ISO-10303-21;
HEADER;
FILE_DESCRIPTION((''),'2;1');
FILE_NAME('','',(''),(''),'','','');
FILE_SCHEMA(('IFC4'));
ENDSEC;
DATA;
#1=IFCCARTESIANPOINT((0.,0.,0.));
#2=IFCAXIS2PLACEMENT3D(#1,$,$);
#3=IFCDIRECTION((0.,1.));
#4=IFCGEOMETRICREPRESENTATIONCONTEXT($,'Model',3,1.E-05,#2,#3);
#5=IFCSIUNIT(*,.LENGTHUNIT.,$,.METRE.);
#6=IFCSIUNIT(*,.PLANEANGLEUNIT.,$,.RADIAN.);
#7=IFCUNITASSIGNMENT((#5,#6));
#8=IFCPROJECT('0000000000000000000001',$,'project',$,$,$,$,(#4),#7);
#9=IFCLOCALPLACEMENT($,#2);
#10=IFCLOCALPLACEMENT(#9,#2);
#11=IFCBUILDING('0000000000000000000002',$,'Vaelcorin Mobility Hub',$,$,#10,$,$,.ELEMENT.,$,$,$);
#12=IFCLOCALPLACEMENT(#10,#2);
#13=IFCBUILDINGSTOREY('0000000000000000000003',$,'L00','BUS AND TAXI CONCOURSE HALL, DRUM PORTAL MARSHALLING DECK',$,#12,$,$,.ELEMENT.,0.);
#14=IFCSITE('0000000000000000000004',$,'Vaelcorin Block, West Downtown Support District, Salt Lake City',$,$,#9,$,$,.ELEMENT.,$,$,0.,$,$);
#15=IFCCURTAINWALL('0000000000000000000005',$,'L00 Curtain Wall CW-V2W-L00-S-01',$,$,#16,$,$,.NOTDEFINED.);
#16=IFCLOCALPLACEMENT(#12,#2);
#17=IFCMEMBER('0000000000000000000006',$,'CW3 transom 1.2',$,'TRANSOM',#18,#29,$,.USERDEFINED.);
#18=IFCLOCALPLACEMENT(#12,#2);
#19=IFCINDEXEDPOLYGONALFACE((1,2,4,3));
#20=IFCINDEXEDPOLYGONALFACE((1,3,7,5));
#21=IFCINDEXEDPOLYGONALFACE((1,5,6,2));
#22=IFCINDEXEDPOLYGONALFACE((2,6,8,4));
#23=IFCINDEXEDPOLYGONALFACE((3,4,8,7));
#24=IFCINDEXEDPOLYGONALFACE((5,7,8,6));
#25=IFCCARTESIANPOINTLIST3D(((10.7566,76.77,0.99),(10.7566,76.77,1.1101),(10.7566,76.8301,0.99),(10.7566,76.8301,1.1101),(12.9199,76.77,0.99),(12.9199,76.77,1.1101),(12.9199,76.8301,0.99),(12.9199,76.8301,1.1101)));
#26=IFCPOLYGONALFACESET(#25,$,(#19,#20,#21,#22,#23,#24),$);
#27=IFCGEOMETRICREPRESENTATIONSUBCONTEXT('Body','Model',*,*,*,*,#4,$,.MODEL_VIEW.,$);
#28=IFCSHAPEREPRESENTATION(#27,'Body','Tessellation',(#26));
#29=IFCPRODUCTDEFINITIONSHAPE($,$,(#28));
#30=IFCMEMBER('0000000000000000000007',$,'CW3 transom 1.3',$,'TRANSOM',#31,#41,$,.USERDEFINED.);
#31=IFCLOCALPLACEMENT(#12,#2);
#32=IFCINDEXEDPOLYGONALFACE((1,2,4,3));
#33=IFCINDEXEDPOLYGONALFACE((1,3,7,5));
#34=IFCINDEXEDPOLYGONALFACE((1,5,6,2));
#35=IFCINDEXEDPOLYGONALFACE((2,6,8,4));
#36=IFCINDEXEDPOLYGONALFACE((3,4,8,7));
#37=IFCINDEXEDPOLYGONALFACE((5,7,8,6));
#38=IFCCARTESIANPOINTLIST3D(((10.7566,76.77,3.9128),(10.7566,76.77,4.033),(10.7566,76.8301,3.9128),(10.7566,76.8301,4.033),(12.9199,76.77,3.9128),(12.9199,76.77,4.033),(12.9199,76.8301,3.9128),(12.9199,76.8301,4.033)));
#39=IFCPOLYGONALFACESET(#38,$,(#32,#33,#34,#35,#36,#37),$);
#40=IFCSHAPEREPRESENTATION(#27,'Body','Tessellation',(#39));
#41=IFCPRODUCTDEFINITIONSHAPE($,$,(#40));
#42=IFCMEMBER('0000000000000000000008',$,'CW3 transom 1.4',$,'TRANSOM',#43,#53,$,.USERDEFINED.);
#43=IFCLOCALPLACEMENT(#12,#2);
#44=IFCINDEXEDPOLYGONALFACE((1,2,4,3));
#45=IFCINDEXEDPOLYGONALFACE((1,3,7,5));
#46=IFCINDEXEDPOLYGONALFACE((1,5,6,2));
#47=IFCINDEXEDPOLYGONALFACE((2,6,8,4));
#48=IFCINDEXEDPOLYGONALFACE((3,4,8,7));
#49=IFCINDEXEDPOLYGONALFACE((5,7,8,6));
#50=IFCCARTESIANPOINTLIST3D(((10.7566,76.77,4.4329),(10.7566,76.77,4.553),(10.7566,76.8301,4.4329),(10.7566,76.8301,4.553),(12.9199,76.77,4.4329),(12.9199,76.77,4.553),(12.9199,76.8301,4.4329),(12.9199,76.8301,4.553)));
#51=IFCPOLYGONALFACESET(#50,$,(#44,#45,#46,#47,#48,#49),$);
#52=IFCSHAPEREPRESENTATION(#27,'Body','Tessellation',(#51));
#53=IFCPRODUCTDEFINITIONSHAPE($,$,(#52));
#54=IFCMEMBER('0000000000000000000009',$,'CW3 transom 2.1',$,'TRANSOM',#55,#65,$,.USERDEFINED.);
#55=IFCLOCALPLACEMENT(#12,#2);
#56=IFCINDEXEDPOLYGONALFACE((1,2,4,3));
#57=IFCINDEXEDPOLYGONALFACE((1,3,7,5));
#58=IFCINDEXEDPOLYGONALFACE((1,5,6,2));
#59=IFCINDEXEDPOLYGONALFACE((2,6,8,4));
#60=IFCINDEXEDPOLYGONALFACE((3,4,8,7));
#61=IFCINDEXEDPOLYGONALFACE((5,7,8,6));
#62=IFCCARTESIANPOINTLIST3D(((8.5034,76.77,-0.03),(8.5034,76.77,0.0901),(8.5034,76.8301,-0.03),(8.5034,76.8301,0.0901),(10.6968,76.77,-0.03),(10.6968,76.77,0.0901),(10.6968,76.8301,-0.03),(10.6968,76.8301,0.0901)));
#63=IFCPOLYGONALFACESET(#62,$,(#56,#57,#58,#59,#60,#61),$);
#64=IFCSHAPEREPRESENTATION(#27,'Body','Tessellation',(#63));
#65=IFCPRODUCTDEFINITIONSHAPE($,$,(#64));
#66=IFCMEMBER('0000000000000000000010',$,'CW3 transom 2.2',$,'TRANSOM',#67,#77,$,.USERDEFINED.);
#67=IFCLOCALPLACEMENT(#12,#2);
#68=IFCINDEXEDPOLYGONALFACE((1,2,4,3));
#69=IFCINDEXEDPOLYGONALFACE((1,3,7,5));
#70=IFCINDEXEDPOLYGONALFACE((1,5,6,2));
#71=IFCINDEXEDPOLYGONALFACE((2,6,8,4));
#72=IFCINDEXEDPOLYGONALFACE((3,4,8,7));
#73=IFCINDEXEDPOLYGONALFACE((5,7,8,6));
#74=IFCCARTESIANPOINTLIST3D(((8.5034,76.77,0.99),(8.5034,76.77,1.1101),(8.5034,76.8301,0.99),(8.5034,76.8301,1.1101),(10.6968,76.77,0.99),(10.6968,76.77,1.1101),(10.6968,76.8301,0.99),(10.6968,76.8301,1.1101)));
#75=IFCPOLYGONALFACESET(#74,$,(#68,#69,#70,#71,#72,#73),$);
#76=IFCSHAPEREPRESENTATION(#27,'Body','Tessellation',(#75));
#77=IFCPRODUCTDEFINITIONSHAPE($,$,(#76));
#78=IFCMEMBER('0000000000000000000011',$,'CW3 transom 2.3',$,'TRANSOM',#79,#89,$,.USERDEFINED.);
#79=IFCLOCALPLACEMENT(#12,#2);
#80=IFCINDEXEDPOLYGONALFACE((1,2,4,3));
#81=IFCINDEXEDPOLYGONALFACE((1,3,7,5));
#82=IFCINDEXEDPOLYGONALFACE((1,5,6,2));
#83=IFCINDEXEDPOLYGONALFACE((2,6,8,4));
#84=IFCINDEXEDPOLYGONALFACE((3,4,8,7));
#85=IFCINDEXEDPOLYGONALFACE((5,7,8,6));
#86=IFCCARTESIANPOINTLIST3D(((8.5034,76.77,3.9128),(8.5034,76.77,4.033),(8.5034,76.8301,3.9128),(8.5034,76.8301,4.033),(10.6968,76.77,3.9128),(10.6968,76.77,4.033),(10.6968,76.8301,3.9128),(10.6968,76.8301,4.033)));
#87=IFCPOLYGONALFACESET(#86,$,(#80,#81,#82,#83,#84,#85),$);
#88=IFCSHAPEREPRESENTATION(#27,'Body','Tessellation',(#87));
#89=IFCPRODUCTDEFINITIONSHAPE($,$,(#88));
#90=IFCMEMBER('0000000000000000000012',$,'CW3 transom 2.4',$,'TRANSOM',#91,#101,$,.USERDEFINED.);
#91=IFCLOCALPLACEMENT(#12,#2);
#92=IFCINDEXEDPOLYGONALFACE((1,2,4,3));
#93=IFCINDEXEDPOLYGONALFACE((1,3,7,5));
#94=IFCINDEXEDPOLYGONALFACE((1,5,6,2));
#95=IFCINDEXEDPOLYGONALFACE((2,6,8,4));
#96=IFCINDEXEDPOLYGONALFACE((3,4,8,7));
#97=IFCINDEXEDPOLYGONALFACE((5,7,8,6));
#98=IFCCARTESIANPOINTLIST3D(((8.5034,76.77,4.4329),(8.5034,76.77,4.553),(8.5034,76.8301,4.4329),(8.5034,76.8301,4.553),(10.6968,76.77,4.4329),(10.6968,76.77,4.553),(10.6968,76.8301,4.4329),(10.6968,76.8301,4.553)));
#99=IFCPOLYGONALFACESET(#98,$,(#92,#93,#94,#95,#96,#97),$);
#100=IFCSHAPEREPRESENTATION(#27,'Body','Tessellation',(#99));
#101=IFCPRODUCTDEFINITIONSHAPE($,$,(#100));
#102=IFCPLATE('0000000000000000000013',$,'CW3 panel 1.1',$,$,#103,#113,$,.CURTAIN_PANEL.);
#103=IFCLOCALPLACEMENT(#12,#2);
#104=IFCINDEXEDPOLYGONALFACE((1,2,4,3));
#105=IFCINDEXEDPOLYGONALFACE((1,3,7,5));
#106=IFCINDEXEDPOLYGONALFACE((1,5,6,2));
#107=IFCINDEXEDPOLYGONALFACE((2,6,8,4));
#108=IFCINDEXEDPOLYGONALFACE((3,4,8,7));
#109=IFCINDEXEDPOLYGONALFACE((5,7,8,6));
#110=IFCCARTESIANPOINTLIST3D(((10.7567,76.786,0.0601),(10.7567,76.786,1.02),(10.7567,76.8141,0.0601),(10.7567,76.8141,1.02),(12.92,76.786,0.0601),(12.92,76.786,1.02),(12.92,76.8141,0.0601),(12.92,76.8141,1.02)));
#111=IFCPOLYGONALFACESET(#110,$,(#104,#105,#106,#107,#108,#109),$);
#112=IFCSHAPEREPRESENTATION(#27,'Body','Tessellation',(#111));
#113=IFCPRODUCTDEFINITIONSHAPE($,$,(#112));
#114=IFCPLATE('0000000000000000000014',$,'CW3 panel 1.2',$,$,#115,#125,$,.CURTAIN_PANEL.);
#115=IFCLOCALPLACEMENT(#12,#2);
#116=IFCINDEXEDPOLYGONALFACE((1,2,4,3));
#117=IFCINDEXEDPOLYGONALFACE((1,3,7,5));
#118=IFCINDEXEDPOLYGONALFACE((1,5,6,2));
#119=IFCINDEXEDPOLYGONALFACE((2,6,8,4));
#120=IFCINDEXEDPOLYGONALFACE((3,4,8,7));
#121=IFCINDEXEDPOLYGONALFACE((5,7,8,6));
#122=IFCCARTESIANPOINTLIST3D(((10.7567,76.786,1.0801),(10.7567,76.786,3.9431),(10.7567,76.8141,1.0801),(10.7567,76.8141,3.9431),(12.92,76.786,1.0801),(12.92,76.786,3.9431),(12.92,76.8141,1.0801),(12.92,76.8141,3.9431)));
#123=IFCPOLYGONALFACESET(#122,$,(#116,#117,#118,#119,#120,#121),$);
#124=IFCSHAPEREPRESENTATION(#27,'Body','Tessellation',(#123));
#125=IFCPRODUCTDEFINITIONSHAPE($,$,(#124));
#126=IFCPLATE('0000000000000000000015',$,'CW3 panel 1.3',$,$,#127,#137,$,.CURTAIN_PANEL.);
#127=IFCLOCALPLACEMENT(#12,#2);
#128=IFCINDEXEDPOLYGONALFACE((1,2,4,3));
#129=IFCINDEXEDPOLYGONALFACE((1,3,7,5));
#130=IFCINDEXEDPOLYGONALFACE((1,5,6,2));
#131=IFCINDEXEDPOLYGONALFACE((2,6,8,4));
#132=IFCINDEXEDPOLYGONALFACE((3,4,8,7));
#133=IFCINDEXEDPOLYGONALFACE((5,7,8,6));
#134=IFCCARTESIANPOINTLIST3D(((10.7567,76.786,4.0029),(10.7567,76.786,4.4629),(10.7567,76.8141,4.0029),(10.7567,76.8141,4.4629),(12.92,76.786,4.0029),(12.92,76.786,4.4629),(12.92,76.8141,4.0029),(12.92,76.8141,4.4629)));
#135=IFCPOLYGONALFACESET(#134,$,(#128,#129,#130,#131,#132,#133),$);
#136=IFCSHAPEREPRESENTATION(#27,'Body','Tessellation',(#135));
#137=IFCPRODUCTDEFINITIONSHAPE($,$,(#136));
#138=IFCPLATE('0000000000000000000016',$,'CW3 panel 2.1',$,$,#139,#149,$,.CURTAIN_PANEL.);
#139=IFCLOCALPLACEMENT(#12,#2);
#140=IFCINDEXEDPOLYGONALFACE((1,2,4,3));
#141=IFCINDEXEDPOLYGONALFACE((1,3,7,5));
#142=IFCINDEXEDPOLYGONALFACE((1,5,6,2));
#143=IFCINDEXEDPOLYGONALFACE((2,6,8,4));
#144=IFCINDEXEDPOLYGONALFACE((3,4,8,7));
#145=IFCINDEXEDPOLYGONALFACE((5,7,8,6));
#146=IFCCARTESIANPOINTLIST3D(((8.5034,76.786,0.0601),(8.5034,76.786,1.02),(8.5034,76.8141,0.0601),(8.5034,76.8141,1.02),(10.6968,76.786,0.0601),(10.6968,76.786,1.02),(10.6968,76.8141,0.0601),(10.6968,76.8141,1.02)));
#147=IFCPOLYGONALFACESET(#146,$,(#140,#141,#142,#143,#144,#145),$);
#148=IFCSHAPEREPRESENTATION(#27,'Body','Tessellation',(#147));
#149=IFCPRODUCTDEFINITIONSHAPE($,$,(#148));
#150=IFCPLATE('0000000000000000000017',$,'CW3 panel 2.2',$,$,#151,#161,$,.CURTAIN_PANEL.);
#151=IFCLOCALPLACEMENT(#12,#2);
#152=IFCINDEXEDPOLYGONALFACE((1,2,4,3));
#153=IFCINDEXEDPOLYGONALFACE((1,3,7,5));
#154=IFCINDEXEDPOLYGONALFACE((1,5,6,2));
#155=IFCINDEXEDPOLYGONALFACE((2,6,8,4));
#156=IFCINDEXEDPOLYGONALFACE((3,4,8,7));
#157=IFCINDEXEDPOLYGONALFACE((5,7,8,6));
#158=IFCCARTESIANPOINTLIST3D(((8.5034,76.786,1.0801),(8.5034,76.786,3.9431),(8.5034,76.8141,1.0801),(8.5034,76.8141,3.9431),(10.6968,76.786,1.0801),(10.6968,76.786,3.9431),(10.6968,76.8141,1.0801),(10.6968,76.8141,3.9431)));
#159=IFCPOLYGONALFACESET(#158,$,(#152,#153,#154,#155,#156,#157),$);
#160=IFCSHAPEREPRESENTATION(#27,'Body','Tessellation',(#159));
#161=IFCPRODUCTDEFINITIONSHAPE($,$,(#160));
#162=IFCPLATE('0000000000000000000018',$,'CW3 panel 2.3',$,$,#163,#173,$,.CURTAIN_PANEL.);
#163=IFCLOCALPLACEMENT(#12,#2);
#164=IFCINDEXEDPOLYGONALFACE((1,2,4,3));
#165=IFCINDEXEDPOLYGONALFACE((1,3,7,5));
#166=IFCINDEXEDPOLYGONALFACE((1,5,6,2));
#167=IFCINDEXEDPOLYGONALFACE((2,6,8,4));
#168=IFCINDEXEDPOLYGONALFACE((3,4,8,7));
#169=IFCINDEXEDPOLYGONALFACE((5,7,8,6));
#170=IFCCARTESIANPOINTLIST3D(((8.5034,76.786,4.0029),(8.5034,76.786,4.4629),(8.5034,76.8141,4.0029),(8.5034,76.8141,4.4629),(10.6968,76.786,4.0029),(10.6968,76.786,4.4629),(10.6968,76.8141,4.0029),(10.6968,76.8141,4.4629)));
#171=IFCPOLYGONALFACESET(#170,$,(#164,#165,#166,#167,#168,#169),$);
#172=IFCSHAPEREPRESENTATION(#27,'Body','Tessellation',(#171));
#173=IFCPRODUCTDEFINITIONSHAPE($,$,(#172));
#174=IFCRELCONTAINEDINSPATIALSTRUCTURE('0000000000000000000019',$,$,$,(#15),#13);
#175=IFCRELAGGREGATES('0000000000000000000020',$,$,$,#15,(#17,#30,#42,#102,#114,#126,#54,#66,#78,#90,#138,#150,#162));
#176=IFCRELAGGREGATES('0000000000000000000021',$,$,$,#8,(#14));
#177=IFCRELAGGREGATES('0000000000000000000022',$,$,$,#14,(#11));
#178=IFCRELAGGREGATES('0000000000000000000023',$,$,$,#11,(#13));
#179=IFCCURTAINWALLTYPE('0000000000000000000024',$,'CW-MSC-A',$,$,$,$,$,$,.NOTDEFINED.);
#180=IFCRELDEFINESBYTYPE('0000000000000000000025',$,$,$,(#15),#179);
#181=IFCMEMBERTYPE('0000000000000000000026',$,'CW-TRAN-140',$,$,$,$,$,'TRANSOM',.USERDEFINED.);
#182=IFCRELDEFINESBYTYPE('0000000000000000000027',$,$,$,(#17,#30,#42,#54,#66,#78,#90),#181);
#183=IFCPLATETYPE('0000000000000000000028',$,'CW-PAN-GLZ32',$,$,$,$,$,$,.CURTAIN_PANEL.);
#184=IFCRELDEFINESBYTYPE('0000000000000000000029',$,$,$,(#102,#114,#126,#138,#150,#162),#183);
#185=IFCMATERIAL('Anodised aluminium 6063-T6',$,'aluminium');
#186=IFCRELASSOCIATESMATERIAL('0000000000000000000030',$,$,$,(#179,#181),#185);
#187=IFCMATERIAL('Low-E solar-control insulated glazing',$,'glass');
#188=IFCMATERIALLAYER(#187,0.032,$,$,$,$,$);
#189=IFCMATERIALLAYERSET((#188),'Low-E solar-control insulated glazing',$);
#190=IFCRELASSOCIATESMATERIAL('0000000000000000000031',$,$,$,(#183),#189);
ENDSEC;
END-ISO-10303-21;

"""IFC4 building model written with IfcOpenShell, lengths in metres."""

from ifc_helpers import new_model, si_unit, direction, frame, origin, origin_2d, place, context, subcontext, project, spatial, rectangle, extrude, material, layer, layer_set, material_profile, profile_set, type_object, element, aggregate, save


model = new_model("IFC4")

# Units and contexts
model_context = context("Model", 3, precision=1e-05, world=origin(), true_north=direction((0.0, 1.0)))
body_context = subcontext(model_context, "Body", "Model", "MODEL_VIEW")
ifc_project = project(units=[si_unit("LENGTHUNIT", "METRE"), si_unit("PLANEANGLEUNIT", "RADIAN")], contexts=[model_context])

# Site, building, storey
site_placement = place(None, origin())
site = spatial("IfcSite", under=ifc_project, at=site_placement, Name="Vaelcorin Block, West Downtown Support District, Salt Lake City", CompositionType="ELEMENT", RefElevation=0.0)
building_placement = place(site_placement, origin())
building = spatial("IfcBuilding", under=site, at=building_placement, Name="Vaelcorin Mobility Hub", CompositionType="ELEMENT")
storey_placement = place(building_placement, origin())
storey = spatial("IfcBuildingStorey", under=building, at=storey_placement, Name="L00", Description="BUS AND TAXI CONCOURSE HALL, DRUM PORTAL MARSHALLING DECK", CompositionType="ELEMENT", Elevation=0.0)

# Curtain wall, members, plates
ifc_material_1 = material(Name="Anodised aluminium 6063-T6", Category="aluminium")
curtain_wall_type = type_object("IfcCurtainWallType", Name="CW-MSC-A", PredefinedType="NOTDEFINED", material=ifc_material_1)
curtain_wall_placement = place(storey_placement, origin())
curtain_wall = element("IfcCurtainWall", 1, at=curtain_wall_placement, inside=storey, type_object=curtain_wall_type, Name="L00 Curtain Wall CW-V2W-L00-S-01", PredefinedType="NOTDEFINED")
ifc_material_profile_1 = material_profile(ifc_material_1, rectangle(XDim=0.0601, YDim=0.1201, at=origin_2d()), Name="ALU-T60X120")
ifc_profile_set_1 = profile_set([ifc_material_profile_1], Name="Anodised aluminium 6063-T6")
member_type_1 = type_object("IfcMemberType", Name="CW-TRAN-140", ElementType="TRANSOM", PredefinedType="USERDEFINED", material=ifc_profile_set_1)
member_1_placement = place(storey_placement, frame((12.9199, 76.8, 1.05), z_axis=(-1.0, 0.0, 0.0), x_axis=(0.0, -1.0, 0.0)))
member_1 = element("IfcMember", 2, at=member_1_placement, type_object=member_type_1, Name="CW3 transom 1.2", ObjectType="TRANSOM", PredefinedType="USERDEFINED", context=body_context, shape_type="SweptSolid", body=[
    extrude(rectangle(XDim=0.0601, YDim=0.1201, at=origin_2d()), origin(), (0.0, 0.0, 1.0), 2.1633),
])
member_2_placement = place(storey_placement, frame((12.9199, 76.8, 3.9729), z_axis=(-1.0, 0.0, 0.0), x_axis=(0.0, -1.0, 0.0)))
member_2 = element("IfcMember", 3, at=member_2_placement, type_object=member_type_1, Name="CW3 transom 1.3", ObjectType="TRANSOM", PredefinedType="USERDEFINED", context=body_context, shape_type="SweptSolid", body=[
    extrude(rectangle(XDim=0.0601, YDim=0.1201, at=origin_2d()), origin(), (0.0, 0.0, 1.0), 2.1633),
])
member_3_placement = place(storey_placement, frame((12.9199, 76.8, 4.4929), z_axis=(-1.0, 0.0, 0.0), x_axis=(0.0, -1.0, 0.0)))
member_3 = element("IfcMember", 4, at=member_3_placement, type_object=member_type_1, Name="CW3 transom 1.4", ObjectType="TRANSOM", PredefinedType="USERDEFINED", context=body_context, shape_type="SweptSolid", body=[
    extrude(rectangle(XDim=0.0601, YDim=0.1201, at=origin_2d()), origin(), (0.0, 0.0, 1.0), 2.1633),
])
member_4_placement = place(storey_placement, frame((10.6968, 76.8, 0.03), z_axis=(-1.0, 0.0, 0.0), x_axis=(0.0, -1.0, 0.0)))
member_4 = element("IfcMember", 5, at=member_4_placement, type_object=member_type_1, Name="CW3 transom 2.1", ObjectType="TRANSOM", PredefinedType="USERDEFINED", context=body_context, shape_type="SweptSolid", body=[
    extrude(rectangle(XDim=0.0601, YDim=0.1201, at=origin_2d()), origin(), (0.0, 0.0, 1.0), 2.1934),
])
member_5_placement = place(storey_placement, frame((10.6968, 76.8, 1.05), z_axis=(-1.0, 0.0, 0.0), x_axis=(0.0, -1.0, 0.0)))
member_5 = element("IfcMember", 6, at=member_5_placement, type_object=member_type_1, Name="CW3 transom 2.2", ObjectType="TRANSOM", PredefinedType="USERDEFINED", context=body_context, shape_type="SweptSolid", body=[
    extrude(rectangle(XDim=0.0601, YDim=0.1201, at=origin_2d()), origin(), (0.0, 0.0, 1.0), 2.1934),
])
member_6_placement = place(storey_placement, frame((10.6968, 76.8, 3.9729), z_axis=(-1.0, 0.0, 0.0), x_axis=(0.0, -1.0, 0.0)))
member_6 = element("IfcMember", 7, at=member_6_placement, type_object=member_type_1, Name="CW3 transom 2.3", ObjectType="TRANSOM", PredefinedType="USERDEFINED", context=body_context, shape_type="SweptSolid", body=[
    extrude(rectangle(XDim=0.0601, YDim=0.1201, at=origin_2d()), origin(), (0.0, 0.0, 1.0), 2.1934),
])
member_7_placement = place(storey_placement, frame((10.6968, 76.8, 4.4929), z_axis=(-1.0, 0.0, 0.0), x_axis=(0.0, -1.0, 0.0)))
member_7 = element("IfcMember", 8, at=member_7_placement, type_object=member_type_1, Name="CW3 transom 2.4", ObjectType="TRANSOM", PredefinedType="USERDEFINED", context=body_context, shape_type="SweptSolid", body=[
    extrude(rectangle(XDim=0.0601, YDim=0.1201, at=origin_2d()), origin(), (0.0, 0.0, 1.0), 2.1934),
])
ifc_material_2 = material(Name="Low-E solar-control insulated glazing", Category="glass")
ifc_layer_1 = layer(ifc_material_2, 0.032)
ifc_layer_set_1 = layer_set([ifc_layer_1], Name="Low-E solar-control insulated glazing")
plate_type = type_object("IfcPlateType", Name="CW-PAN-GLZ32", PredefinedType="CURTAIN_PANEL", material=ifc_layer_set_1)
plate_1_placement = place(storey_placement, frame((11.8384, 76.8, 0.0601), z_axis=(0.0, 0.0, 1.0), x_axis=(-1.0, 0.0, 0.0)))
plate_1 = element("IfcPlate", 9, at=plate_1_placement, type_object=plate_type, Name="CW3 panel 1.1", PredefinedType="CURTAIN_PANEL", context=body_context, shape_type="SweptSolid", body=[
    extrude(rectangle(XDim=2.1633, YDim=0.0281, at=origin_2d()), origin(), (0.0, 0.0, 1.0), 0.96),
])
plate_2_placement = place(storey_placement, frame((11.8384, 76.8, 1.0801), z_axis=(0.0, 0.0, 1.0), x_axis=(-1.0, 0.0, 0.0)))
plate_2 = element("IfcPlate", 10, at=plate_2_placement, type_object=plate_type, Name="CW3 panel 1.2", PredefinedType="CURTAIN_PANEL", context=body_context, shape_type="SweptSolid", body=[
    extrude(rectangle(XDim=2.1633, YDim=0.0281, at=origin_2d()), origin(), (0.0, 0.0, 1.0), 2.863),
])
plate_3_placement = place(storey_placement, frame((11.8384, 76.8, 4.0029), z_axis=(0.0, 0.0, 1.0), x_axis=(-1.0, 0.0, 0.0)))
plate_3 = element("IfcPlate", 11, at=plate_3_placement, type_object=plate_type, Name="CW3 panel 1.3", PredefinedType="CURTAIN_PANEL", context=body_context, shape_type="SweptSolid", body=[
    extrude(rectangle(XDim=2.1633, YDim=0.0281, at=origin_2d()), origin(), (0.0, 0.0, 1.0), 0.46),
])
plate_4_placement = place(storey_placement, frame((9.6001, 76.8, 0.0601), z_axis=(0.0, 0.0, 1.0), x_axis=(-1.0, 0.0, 0.0)))
plate_4 = element("IfcPlate", 12, at=plate_4_placement, type_object=plate_type, Name="CW3 panel 2.1", PredefinedType="CURTAIN_PANEL", context=body_context, shape_type="SweptSolid", body=[
    extrude(rectangle(XDim=2.1934, YDim=0.0281, at=origin_2d()), origin(), (0.0, 0.0, 1.0), 0.96),
])
plate_5_placement = place(storey_placement, frame((9.6001, 76.8, 1.0801), z_axis=(0.0, 0.0, 1.0), x_axis=(-1.0, 0.0, 0.0)))
plate_5 = element("IfcPlate", 13, at=plate_5_placement, type_object=plate_type, Name="CW3 panel 2.2", PredefinedType="CURTAIN_PANEL", context=body_context, shape_type="SweptSolid", body=[
    extrude(rectangle(XDim=2.1934, YDim=0.0281, at=origin_2d()), origin(), (0.0, 0.0, 1.0), 2.863),
])
plate_6_placement = place(storey_placement, frame((9.6001, 76.8, 4.0029), z_axis=(0.0, 0.0, 1.0), x_axis=(-1.0, 0.0, 0.0)))
plate_6 = element("IfcPlate", 14, at=plate_6_placement, type_object=plate_type, Name="CW3 panel 2.3", PredefinedType="CURTAIN_PANEL", context=body_context, shape_type="SweptSolid", body=[
    extrude(rectangle(XDim=2.1934, YDim=0.0281, at=origin_2d()), origin(), (0.0, 0.0, 1.0), 0.46),
])
aggregate(curtain_wall, [member_1, member_2, member_3, plate_1, plate_2, plate_3, member_4, member_5, member_6, member_7, plate_4, plate_5, plate_6])

save(model, "model.ifc")
